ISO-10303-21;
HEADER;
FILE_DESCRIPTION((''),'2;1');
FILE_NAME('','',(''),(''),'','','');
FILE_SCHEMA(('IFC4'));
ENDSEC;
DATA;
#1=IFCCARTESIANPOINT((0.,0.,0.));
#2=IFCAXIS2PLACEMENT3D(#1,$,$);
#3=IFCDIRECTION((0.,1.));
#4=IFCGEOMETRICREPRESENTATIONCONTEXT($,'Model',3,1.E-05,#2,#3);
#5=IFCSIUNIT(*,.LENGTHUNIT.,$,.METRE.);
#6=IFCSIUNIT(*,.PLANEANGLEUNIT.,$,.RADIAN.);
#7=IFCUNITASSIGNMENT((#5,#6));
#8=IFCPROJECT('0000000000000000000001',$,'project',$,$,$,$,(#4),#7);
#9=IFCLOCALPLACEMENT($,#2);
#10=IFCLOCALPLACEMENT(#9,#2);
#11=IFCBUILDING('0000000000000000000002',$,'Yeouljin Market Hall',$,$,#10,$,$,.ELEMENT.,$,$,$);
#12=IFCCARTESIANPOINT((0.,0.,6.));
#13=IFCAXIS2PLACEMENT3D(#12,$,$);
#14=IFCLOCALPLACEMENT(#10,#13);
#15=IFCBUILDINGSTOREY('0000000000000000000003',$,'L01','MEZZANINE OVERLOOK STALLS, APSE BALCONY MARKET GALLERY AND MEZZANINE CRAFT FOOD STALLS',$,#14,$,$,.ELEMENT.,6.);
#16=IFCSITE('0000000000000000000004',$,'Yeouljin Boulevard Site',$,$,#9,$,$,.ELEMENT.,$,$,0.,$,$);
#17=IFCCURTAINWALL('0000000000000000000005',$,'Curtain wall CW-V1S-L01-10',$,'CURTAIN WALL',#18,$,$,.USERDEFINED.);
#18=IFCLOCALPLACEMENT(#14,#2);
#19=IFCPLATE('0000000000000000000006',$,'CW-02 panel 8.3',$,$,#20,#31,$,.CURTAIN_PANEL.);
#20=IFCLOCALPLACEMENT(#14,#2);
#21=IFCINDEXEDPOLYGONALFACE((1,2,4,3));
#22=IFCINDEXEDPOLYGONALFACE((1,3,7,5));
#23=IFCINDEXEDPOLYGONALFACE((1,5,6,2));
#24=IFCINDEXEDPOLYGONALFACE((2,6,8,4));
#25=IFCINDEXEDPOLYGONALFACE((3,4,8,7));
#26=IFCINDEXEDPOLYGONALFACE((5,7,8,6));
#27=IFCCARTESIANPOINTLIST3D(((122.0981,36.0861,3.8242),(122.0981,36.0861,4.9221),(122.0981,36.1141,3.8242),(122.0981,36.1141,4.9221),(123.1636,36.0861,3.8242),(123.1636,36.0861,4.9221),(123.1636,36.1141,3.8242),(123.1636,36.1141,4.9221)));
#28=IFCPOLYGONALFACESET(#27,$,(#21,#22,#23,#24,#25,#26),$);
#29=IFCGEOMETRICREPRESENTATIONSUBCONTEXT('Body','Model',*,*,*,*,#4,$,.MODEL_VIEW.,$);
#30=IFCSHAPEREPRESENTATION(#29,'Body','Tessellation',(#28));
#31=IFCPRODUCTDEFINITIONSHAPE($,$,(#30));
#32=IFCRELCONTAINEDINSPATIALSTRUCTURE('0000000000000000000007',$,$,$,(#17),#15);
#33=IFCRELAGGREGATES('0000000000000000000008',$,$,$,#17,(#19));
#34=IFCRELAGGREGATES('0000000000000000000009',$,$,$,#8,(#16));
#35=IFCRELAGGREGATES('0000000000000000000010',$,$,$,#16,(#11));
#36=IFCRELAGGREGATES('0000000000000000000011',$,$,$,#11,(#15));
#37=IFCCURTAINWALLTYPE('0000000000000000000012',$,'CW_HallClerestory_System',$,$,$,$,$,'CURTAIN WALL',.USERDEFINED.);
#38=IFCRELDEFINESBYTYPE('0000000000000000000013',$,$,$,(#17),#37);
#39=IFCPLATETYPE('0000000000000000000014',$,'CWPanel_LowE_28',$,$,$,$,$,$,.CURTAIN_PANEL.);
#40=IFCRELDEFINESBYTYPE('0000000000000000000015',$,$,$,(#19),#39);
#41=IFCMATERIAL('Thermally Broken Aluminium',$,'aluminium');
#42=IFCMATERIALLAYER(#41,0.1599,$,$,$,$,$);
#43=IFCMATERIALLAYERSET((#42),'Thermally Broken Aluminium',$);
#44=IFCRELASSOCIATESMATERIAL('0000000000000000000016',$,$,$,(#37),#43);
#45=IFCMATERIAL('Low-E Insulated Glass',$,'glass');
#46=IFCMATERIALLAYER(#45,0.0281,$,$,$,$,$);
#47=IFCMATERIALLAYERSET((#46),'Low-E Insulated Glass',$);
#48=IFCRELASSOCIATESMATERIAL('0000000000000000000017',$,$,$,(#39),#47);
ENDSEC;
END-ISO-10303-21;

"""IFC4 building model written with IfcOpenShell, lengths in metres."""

from ifc_helpers import new_model, si_unit, direction, frame, origin, origin_2d, place, context, subcontext, project, spatial, rectangle, extrude, material, layer, layer_set, type_object, element, aggregate, save


model = new_model("IFC4")

# Units and contexts
model_context = context("Model", 3, precision=1e-05, world=origin(), true_north=direction((0.0, 1.0)))
body_context = subcontext(model_context, "Body", "Model", "MODEL_VIEW")
ifc_project = project(units=[si_unit("LENGTHUNIT", "METRE"), si_unit("PLANEANGLEUNIT", "RADIAN")], contexts=[model_context])

# Site, building, storey
site_placement = place(None, origin())
site = spatial("IfcSite", under=ifc_project, at=site_placement, Name="Yeouljin Boulevard Site", CompositionType="ELEMENT", RefElevation=0.0)
building_placement = place(site_placement, origin())
building = spatial("IfcBuilding", under=site, at=building_placement, Name="Yeouljin Market Hall", CompositionType="ELEMENT")
storey_placement = place(building_placement, frame((0.0, 0.0, 6.0)))
storey = spatial("IfcBuildingStorey", under=building, at=storey_placement, Name="L01", Description="MEZZANINE OVERLOOK STALLS, APSE BALCONY MARKET GALLERY AND MEZZANINE CRAFT FOOD STALLS", CompositionType="ELEMENT", Elevation=6.0)

# Curtain wall
ifc_material_1 = material(Name="Thermally Broken Aluminium", Category="aluminium")
ifc_layer_1 = layer(ifc_material_1, 0.1599)
ifc_layer_set_1 = layer_set([ifc_layer_1], Name="Thermally Broken Aluminium")
curtain_wall_type = type_object("IfcCurtainWallType", Name="CW_HallClerestory_System", ElementType="CURTAIN WALL", PredefinedType="USERDEFINED", material=ifc_layer_set_1)
curtain_wall_placement = place(storey_placement, origin())
curtain_wall = element("IfcCurtainWall", 1, at=curtain_wall_placement, inside=storey, type_object=curtain_wall_type, Name="Curtain wall CW-V1S-L01-10", ObjectType="CURTAIN WALL", PredefinedType="USERDEFINED")

# Plate
ifc_material_2 = material(Name="Low-E Insulated Glass", Category="glass")
ifc_layer_2 = layer(ifc_material_2, 0.0281)
ifc_layer_set_2 = layer_set([ifc_layer_2], Name="Low-E Insulated Glass")
plate_type = type_object("IfcPlateType", Name="CWPanel_LowE_28", PredefinedType="CURTAIN_PANEL", material=ifc_layer_set_2)
plate_1_placement = place(storey_placement, frame((122.6309, 36.1001, 3.8242), z_axis=(0.0, 0.0, 1.0), x_axis=(-1.0, 0.0, 0.0)))
plate_1 = element("IfcPlate", 2, at=plate_1_placement, type_object=plate_type, Name="CW-02 panel 8.3", PredefinedType="CURTAIN_PANEL", context=body_context, shape_type="SweptSolid", body=[
    extrude(rectangle(XDim=1.0654, YDim=0.0281, at=origin_2d()), origin(), (0.0, 0.0, 1.0), 1.0979),
])
aggregate(curtain_wall, [plate_1])

save(model, "model.ifc")
